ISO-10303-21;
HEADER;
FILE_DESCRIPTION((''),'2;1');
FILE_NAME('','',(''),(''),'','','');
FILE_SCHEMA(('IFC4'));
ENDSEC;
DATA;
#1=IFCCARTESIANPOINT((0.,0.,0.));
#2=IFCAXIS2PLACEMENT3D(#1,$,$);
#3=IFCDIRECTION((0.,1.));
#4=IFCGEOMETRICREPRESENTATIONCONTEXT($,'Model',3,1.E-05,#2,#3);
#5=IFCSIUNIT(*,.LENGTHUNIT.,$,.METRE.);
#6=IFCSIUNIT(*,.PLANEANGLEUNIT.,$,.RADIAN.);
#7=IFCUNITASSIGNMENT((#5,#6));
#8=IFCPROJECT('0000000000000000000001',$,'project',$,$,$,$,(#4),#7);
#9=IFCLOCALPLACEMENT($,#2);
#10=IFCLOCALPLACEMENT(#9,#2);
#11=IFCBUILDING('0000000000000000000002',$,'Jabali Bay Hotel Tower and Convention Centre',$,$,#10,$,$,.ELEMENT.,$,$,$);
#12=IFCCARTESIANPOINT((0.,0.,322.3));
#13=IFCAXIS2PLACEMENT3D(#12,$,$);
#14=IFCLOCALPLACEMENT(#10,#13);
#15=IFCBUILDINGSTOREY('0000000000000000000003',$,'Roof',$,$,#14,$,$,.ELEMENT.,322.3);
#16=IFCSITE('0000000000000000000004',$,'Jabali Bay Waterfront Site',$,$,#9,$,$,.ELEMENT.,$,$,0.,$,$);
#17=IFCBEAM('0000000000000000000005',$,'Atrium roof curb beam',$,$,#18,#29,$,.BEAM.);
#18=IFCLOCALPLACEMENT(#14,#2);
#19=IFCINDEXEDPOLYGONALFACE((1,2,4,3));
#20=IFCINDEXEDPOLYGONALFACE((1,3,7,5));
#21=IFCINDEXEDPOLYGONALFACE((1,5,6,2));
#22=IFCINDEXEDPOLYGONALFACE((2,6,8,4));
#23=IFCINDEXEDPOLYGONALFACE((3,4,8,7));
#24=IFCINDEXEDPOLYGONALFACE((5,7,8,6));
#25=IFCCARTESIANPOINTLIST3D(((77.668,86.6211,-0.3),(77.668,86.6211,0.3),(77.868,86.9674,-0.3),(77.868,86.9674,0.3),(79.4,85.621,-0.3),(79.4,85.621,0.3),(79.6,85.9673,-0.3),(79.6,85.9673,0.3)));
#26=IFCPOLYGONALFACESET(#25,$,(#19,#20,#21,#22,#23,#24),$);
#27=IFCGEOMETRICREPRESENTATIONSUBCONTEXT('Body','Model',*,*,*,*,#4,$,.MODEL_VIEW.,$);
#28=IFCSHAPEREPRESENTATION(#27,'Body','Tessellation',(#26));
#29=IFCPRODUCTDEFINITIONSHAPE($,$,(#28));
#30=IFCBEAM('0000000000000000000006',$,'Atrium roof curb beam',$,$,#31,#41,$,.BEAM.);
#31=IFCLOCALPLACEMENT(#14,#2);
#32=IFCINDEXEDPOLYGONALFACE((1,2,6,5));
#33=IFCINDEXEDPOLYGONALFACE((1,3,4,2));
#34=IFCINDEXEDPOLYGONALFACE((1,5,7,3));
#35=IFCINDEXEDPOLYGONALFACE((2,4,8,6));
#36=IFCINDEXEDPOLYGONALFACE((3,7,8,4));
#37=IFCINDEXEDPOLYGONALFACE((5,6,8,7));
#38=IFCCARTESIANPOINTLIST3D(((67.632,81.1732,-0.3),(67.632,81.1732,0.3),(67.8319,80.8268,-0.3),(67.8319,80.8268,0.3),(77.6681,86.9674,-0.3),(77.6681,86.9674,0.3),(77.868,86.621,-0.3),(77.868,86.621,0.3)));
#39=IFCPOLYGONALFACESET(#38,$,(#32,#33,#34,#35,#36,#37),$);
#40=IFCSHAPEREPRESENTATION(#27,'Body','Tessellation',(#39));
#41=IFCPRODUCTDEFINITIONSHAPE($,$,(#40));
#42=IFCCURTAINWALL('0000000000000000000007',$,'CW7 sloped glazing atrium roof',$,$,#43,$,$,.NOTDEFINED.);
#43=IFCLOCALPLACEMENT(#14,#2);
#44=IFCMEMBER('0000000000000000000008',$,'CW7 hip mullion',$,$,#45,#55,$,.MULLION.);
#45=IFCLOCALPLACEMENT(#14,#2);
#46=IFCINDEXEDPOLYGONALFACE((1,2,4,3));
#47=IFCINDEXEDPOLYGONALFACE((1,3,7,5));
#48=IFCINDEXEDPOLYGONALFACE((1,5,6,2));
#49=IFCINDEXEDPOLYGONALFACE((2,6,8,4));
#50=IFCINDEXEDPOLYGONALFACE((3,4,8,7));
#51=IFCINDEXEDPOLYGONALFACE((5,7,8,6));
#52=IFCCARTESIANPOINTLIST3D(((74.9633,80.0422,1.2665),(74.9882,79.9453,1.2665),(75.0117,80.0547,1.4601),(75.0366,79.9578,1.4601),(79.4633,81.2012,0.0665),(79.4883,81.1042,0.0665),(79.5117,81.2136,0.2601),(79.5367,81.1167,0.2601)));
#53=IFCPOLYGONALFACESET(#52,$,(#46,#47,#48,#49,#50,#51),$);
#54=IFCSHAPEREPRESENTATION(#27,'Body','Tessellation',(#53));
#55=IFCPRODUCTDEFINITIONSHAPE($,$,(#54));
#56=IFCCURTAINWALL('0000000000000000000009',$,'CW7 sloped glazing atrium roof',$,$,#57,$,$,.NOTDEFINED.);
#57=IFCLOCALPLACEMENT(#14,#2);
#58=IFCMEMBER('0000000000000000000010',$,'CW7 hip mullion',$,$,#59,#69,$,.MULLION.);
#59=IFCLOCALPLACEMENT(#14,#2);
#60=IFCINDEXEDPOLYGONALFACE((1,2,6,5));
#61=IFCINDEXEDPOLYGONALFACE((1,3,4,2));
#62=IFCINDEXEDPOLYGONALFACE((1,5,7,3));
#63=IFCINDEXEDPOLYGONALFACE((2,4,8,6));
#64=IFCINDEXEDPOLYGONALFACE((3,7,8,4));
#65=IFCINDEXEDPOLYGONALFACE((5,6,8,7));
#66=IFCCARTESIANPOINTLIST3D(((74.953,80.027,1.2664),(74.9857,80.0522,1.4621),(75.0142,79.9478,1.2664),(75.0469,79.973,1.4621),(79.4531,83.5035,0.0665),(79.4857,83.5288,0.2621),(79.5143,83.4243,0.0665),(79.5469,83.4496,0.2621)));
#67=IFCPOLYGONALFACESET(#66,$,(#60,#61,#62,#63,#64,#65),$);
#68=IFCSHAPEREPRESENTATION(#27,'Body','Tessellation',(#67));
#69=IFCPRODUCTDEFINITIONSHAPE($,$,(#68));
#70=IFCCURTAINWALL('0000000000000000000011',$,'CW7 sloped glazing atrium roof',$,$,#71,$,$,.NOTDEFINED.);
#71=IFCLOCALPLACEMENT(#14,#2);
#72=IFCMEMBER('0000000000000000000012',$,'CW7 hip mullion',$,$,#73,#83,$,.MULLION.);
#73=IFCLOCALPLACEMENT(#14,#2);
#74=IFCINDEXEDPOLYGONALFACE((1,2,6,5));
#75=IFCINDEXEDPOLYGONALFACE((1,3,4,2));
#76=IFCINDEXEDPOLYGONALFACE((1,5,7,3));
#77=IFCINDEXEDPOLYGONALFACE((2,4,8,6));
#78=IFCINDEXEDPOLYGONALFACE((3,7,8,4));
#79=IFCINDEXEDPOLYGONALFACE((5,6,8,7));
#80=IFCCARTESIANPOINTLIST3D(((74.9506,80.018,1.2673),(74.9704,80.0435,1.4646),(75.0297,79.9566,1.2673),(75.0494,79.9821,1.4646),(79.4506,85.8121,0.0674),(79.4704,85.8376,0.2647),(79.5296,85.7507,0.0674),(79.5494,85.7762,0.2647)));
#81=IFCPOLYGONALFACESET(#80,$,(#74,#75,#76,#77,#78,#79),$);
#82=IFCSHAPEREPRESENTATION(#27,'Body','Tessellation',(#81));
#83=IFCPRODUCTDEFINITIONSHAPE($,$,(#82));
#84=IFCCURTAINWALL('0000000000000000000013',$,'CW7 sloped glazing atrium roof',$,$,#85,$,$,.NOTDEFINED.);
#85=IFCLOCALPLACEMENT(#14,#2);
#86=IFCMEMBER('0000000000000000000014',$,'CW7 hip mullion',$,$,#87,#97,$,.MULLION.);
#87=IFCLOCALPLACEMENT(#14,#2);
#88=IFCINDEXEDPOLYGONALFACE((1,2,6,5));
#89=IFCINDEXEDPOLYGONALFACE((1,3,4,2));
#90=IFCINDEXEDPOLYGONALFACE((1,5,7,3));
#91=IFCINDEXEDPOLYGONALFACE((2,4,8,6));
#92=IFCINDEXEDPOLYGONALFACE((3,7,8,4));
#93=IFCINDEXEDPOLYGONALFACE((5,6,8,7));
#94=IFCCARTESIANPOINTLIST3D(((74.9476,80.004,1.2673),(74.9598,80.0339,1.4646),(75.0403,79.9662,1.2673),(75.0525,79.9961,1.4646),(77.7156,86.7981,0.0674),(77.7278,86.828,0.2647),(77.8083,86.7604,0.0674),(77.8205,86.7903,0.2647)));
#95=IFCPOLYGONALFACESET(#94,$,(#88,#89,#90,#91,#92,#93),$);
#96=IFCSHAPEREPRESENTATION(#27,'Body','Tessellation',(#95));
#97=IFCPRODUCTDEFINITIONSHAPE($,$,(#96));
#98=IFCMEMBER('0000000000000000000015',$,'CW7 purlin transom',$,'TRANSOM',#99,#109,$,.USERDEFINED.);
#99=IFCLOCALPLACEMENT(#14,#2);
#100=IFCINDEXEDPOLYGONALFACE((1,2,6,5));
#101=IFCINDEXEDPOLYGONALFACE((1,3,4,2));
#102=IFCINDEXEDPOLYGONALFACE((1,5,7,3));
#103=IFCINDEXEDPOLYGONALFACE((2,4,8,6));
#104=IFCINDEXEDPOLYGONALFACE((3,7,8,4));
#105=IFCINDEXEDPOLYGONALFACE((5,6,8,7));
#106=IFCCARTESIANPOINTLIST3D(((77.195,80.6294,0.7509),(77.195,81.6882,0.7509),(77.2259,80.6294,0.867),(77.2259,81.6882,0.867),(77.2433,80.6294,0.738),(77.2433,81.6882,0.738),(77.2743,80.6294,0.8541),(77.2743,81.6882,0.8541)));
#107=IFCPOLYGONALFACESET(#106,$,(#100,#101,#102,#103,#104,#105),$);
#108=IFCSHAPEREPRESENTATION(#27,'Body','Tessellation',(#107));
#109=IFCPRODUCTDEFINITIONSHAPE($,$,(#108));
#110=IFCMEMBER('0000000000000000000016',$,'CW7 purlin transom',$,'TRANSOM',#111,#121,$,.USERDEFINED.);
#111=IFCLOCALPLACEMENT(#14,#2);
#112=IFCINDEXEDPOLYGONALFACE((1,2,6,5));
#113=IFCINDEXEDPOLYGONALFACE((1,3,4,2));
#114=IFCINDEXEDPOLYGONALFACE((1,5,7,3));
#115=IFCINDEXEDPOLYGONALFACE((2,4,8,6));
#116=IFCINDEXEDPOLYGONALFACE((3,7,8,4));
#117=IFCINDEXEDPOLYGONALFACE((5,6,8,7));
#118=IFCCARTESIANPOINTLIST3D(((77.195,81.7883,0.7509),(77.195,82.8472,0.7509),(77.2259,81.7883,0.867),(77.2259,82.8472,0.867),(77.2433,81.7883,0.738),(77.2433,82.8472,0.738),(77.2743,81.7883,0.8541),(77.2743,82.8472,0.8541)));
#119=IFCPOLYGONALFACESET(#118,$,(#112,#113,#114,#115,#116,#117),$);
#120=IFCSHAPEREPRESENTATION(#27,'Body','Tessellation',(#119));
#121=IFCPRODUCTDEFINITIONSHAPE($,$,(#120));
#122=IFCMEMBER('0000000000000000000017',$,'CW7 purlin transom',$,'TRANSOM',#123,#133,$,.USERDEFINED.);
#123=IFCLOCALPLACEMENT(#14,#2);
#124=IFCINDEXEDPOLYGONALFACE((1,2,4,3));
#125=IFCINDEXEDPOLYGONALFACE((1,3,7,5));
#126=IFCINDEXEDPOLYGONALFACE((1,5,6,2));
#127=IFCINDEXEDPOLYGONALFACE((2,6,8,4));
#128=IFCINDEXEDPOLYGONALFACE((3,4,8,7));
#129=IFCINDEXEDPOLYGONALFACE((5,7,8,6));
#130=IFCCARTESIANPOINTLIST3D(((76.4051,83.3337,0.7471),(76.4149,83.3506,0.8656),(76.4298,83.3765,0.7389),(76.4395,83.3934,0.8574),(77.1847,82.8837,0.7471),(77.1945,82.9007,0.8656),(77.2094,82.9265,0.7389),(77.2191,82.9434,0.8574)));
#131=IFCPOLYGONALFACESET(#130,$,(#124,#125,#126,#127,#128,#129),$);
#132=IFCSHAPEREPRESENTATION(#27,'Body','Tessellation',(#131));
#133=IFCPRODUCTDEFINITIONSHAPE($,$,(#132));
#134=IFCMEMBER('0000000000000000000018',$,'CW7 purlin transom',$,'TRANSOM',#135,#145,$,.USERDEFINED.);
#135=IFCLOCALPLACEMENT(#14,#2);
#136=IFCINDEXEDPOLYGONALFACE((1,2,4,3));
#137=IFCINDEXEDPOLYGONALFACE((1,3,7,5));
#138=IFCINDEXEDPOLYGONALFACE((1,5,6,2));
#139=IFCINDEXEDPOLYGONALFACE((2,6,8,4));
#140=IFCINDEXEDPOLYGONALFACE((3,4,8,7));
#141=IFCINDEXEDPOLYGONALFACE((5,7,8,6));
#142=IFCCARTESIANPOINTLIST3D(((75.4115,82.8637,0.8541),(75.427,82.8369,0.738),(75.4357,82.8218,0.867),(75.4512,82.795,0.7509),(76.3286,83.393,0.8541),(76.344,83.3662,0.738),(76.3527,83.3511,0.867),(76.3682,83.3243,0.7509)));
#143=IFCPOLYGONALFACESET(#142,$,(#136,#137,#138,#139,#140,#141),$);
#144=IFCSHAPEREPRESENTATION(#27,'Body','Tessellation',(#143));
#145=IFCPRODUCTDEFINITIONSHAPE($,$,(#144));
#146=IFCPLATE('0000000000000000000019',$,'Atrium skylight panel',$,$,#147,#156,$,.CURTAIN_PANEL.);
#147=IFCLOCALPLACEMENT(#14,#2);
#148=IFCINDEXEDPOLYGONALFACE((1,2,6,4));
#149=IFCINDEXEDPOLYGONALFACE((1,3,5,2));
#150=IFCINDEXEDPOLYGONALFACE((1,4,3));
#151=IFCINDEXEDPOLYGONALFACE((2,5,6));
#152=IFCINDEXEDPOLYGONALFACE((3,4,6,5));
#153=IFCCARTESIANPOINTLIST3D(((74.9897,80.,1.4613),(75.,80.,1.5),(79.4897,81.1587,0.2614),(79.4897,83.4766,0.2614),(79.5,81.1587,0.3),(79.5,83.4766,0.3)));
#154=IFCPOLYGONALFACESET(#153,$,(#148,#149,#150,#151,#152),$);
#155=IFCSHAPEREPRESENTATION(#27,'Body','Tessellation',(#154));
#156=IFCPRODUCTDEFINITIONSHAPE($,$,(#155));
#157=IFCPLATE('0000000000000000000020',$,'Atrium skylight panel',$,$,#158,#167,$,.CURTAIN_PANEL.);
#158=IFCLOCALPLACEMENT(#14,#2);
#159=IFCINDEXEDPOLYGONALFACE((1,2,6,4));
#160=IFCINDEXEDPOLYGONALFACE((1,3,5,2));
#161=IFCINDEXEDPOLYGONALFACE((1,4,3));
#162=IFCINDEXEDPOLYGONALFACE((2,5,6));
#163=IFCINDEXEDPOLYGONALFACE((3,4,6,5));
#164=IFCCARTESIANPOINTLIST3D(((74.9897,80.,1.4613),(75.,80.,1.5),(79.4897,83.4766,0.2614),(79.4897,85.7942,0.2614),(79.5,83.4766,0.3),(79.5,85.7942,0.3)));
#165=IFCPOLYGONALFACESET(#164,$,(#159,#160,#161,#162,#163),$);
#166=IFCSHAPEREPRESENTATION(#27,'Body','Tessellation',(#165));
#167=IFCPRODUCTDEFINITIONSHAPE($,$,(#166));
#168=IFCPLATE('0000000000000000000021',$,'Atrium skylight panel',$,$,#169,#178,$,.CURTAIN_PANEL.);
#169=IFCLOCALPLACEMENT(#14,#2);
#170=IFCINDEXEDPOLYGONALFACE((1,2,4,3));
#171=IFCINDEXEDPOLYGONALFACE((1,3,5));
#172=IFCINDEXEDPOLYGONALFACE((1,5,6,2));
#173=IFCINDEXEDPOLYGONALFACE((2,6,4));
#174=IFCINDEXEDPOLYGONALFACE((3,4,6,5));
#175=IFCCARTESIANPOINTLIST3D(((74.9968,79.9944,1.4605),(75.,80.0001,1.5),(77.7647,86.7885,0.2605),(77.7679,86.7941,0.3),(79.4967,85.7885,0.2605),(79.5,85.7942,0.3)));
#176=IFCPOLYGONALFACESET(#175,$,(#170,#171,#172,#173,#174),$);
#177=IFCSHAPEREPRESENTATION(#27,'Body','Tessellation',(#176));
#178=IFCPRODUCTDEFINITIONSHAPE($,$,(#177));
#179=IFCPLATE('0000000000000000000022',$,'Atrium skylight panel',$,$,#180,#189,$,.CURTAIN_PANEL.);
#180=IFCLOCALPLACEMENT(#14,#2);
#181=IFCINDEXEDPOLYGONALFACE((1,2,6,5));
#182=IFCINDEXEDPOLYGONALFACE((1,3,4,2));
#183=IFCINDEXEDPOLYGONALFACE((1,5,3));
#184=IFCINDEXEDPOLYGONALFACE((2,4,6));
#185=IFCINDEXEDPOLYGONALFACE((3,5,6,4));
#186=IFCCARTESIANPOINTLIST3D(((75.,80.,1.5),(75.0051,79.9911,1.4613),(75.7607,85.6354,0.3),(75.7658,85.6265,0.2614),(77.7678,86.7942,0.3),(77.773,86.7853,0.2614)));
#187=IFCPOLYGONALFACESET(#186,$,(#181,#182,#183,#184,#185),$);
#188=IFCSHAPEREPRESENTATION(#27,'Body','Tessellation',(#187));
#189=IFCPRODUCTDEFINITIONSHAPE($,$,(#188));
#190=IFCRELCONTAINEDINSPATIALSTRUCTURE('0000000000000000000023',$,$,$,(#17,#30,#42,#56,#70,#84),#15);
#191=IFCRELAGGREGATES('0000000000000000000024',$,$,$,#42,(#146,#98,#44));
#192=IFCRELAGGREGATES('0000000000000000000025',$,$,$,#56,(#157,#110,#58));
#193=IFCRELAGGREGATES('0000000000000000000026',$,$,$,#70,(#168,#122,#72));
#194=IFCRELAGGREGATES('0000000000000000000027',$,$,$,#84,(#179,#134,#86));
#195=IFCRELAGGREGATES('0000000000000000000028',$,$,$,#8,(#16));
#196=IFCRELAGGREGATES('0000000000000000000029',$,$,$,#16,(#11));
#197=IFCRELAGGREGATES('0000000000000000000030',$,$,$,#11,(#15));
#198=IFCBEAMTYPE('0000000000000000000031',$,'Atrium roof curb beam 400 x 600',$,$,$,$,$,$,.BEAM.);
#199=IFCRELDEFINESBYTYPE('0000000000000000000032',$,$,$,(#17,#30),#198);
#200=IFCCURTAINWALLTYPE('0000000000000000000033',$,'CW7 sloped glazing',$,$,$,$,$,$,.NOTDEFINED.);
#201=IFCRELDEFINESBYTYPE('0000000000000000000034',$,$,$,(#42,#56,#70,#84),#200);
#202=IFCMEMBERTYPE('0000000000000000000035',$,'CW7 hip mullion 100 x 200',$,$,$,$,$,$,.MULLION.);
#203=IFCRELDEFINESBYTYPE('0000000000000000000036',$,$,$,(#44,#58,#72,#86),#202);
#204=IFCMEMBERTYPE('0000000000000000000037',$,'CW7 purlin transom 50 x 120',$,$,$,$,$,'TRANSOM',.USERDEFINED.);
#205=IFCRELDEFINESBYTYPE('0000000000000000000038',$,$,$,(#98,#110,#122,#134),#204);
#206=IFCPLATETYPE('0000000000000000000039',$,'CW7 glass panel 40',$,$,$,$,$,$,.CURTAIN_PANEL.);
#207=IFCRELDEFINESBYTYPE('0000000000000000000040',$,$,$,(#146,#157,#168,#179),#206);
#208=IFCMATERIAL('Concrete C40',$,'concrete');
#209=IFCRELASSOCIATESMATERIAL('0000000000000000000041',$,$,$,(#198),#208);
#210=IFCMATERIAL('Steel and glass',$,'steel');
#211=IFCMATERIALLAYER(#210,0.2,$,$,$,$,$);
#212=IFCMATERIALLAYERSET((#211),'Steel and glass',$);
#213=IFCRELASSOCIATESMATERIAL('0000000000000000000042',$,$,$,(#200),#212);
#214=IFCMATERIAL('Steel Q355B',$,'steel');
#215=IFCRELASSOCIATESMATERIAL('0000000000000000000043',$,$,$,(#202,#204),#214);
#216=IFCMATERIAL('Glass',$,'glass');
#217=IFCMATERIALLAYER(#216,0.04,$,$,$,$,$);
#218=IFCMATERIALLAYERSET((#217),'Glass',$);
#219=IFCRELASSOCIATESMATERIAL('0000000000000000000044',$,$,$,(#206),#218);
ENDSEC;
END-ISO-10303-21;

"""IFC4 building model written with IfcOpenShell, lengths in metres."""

from ifc_helpers import new_model, si_unit, direction, frame, origin, origin_2d, place, context, subcontext, project, spatial, polyline, rectangle, outline, extrude, material, layer, layer_set, material_profile, profile_set, type_object, element, aggregate, save


model = new_model("IFC4")

# Units and contexts
model_context = context("Model", 3, precision=1e-05, world=origin(), true_north=direction((0.0, 1.0)))
body_context = subcontext(model_context, "Body", "Model", "MODEL_VIEW")
ifc_project = project(units=[si_unit("LENGTHUNIT", "METRE"), si_unit("PLANEANGLEUNIT", "RADIAN")], contexts=[model_context])

# Site, building, storey
site_placement = place(None, origin())
site = spatial("IfcSite", under=ifc_project, at=site_placement, Name="Jabali Bay Waterfront Site", CompositionType="ELEMENT", RefElevation=0.0)
building_placement = place(site_placement, origin())
building = spatial("IfcBuilding", under=site, at=building_placement, Name="Jabali Bay Hotel Tower and Convention Centre", CompositionType="ELEMENT")
storey_placement = place(building_placement, frame((0.0, 0.0, 322.3)))
storey = spatial("IfcBuildingStorey", under=building, at=storey_placement, Name="Roof", CompositionType="ELEMENT", Elevation=322.3)

# Beams
ifc_material_1 = material(Name="Concrete C40", Category="concrete")
ifc_material_profile_1 = material_profile(ifc_material_1, rectangle(XDim=0.3999, YDim=0.6001, at=origin_2d()), Name="Atrium roof curb beam 400 x 600")
ifc_profile_set_1 = profile_set([ifc_material_profile_1], Name="Concrete C40")
beam_type = type_object("IfcBeamType", Name="Atrium roof curb beam 400 x 600", PredefinedType="BEAM", material=ifc_profile_set_1)
beam_1_placement = place(storey_placement, frame((79.5, 85.7942, 0.0), z_axis=(-0.866011, 0.500025, 0.0), x_axis=(-0.500025, -0.866011, 0.0)))
element("IfcBeam", 1, at=beam_1_placement, inside=storey, type_object=beam_type, Name="Atrium roof curb beam", PredefinedType="BEAM", context=body_context, shape_type="SweptSolid", body=[
    extrude(rectangle(XDim=0.3999, YDim=0.6001, at=origin_2d()), origin(), (0.0, 0.0, 1.0), 2.0),
])
beam_2_placement = place(storey_placement, frame((77.7681, 86.7942, 0.0), z_axis=(-0.866032, -0.499989, 0.0), x_axis=(0.499989, -0.866032, 0.0)))
element("IfcBeam", 2, at=beam_2_placement, inside=storey, type_object=beam_type, Name="Atrium roof curb beam", PredefinedType="BEAM", context=body_context, shape_type="SweptSolid", body=[
    extrude(rectangle(XDim=0.3999, YDim=0.6001, at=origin_2d()), origin(), (0.0, 0.0, 1.0), 11.5886),
])

# Curtain walls, members
ifc_material_2 = material(Name="Steel and glass", Category="steel")
ifc_layer_1 = layer(ifc_material_2, 0.2)
ifc_layer_set_1 = layer_set([ifc_layer_1], Name="Steel and glass")
curtain_wall_type = type_object("IfcCurtainWallType", Name="CW7 sloped glazing", PredefinedType="NOTDEFINED", material=ifc_layer_set_1)
curtain_wall_1_placement = place(storey_placement, origin())
curtain_wall_1 = element("IfcCurtainWall", 3, at=curtain_wall_1_placement, inside=storey, type_object=curtain_wall_type, Name="CW7 sloped glazing atrium roof", PredefinedType="NOTDEFINED")
ifc_material_3 = material(Name="Steel Q355B", Category="steel")
ifc_material_profile_2 = material_profile(ifc_material_3, rectangle(XDim=0.1001, YDim=0.2, at=origin_2d()), Name="CW7 hip mullion 100 x 200")
ifc_profile_set_2 = profile_set([ifc_material_profile_2], Name="Steel Q355B")
member_type_1 = type_object("IfcMemberType", Name="CW7 hip mullion 100 x 200", PredefinedType="MULLION", material=ifc_profile_set_2)
member_1_placement = place(storey_placement, frame((79.5, 81.1589, 0.1633), z_axis=(-0.937642, -0.241482, 0.250028), x_axis=(0.249403, -0.9684, 0.0)))
member_1 = element("IfcMember", 4, at=member_1_placement, type_object=member_type_1, Name="CW7 hip mullion", PredefinedType="MULLION", context=body_context, shape_type="SweptSolid", body=[
    extrude(rectangle(XDim=0.1001, YDim=0.2, at=origin_2d()), origin(), (0.0, 0.0, 1.0), 4.7993),
])
curtain_wall_2_placement = place(storey_placement, origin())
curtain_wall_2 = element("IfcCurtainWall", 5, at=curtain_wall_2_placement, inside=storey, type_object=curtain_wall_type, Name="CW7 sloped glazing atrium roof", PredefinedType="NOTDEFINED")
member_2_placement = place(storey_placement, frame((79.5, 83.4766, 0.1643), z_axis=(-0.774294, -0.598196, 0.20647), x_axis=(0.611369, -0.791345, 0.0)))
member_2 = element("IfcMember", 6, at=member_2_placement, type_object=member_type_1, Name="CW7 hip mullion", PredefinedType="MULLION", context=body_context, shape_type="SweptSolid", body=[
    extrude(rectangle(XDim=0.1001, YDim=0.2, at=origin_2d()), origin(), (0.0, 0.0, 1.0), 5.8118),
])
curtain_wall_3_placement = place(storey_placement, origin())
curtain_wall_3 = element("IfcCurtainWall", 7, at=curtain_wall_3_placement, inside=storey, type_object=curtain_wall_type, Name="CW7 sloped glazing atrium roof", PredefinedType="NOTDEFINED")
member_3_placement = place(storey_placement, frame((79.5, 85.7942, 0.166), z_axis=(-0.605337, -0.77943, 0.161417), x_axis=(0.789787, -0.613381, 0.0)))
member_3 = element("IfcMember", 8, at=member_3_placement, type_object=member_type_1, Name="CW7 hip mullion", PredefinedType="MULLION", context=body_context, shape_type="SweptSolid", body=[
    extrude(rectangle(XDim=0.1001, YDim=0.2, at=origin_2d()), origin(), (0.0, 0.0, 1.0), 7.4338),
])
curtain_wall_4_placement = place(storey_placement, origin())
curtain_wall_4 = element("IfcCurtainWall", 9, at=curtain_wall_4_placement, inside=storey, type_object=curtain_wall_type, Name="CW7 sloped glazing atrium roof", PredefinedType="NOTDEFINED")
member_4_placement = place(storey_placement, frame((77.7681, 86.7942, 0.166), z_axis=(-0.372357, -0.913945, 0.161416), x_axis=(0.926089, -0.377304, 0.0)))
member_4 = element("IfcMember", 10, at=member_4_placement, type_object=member_type_1, Name="CW7 hip mullion", PredefinedType="MULLION", context=body_context, shape_type="SweptSolid", body=[
    extrude(rectangle(XDim=0.1001, YDim=0.2, at=origin_2d()), origin(), (0.0, 0.0, 1.0), 7.4338),
])

# Members
ifc_material_profile_3 = material_profile(ifc_material_3, rectangle(XDim=0.05, YDim=0.1201, at=origin_2d()), Name="CW7 purlin transom 50 x 120")
ifc_profile_set_3 = profile_set([ifc_material_profile_3], Name="Steel Q355B")
member_type_2 = type_object("IfcMemberType", Name="CW7 purlin transom 50 x 120", ElementType="TRANSOM", PredefinedType="USERDEFINED", material=ifc_profile_set_3)
member_5_placement = place(storey_placement, frame((77.2346, 80.6294, 0.8025), z_axis=(0.0, 1.0, 0.0), x_axis=(-0.966235, 0.0, 0.257662)))
member_5 = element("IfcMember", 11, at=member_5_placement, type_object=member_type_2, Name="CW7 purlin transom", ObjectType="TRANSOM", PredefinedType="USERDEFINED", context=body_context, shape_type="SweptSolid", body=[
    extrude(rectangle(XDim=0.05, YDim=0.1201, at=origin_2d()), origin(), (0.0, 0.0, 1.0), 1.0588),
])
member_6_placement = place(storey_placement, frame((77.2346, 81.7883, 0.8025), z_axis=(0.0, 1.0, 0.0), x_axis=(-0.966235, 0.0, 0.257662)))
member_6 = element("IfcMember", 12, at=member_6_placement, type_object=member_type_2, Name="CW7 purlin transom", ObjectType="TRANSOM", PredefinedType="USERDEFINED", context=body_context, shape_type="SweptSolid", body=[
    extrude(rectangle(XDim=0.05, YDim=0.1201, at=origin_2d()), origin(), (0.0, 0.0, 1.0), 1.0588),
])
member_7_placement = place(storey_placement, frame((77.2019, 82.9136, 0.8022), z_axis=(-0.866082, 0.499902, 0.0), x_axis=(-0.493225, -0.854513, 0.162902)))
member_7 = element("IfcMember", 13, at=member_7_placement, type_object=member_type_2, Name="CW7 purlin transom", ObjectType="TRANSOM", PredefinedType="USERDEFINED", context=body_context, shape_type="SweptSolid", body=[
    extrude(rectangle(XDim=0.05, YDim=0.1201, at=origin_2d()), origin(), (0.0, 0.0, 1.0), 0.9001),
])
member_8_placement = place(storey_placement, frame((76.3484, 83.3586, 0.8025), z_axis=(-0.866078, -0.499909, 0.0), x_axis=(0.483029, -0.836835, 0.257662)))
member_8 = element("IfcMember", 14, at=member_8_placement, type_object=member_type_2, Name="CW7 purlin transom", ObjectType="TRANSOM", PredefinedType="USERDEFINED", context=body_context, shape_type="SweptSolid", body=[
    extrude(rectangle(XDim=0.05, YDim=0.1201, at=origin_2d()), origin(), (0.0, 0.0, 1.0), 1.0588),
])

# Plates
ifc_material_4 = material(Name="Glass", Category="glass")
ifc_layer_2 = layer(ifc_material_4, 0.04)
ifc_layer_set_2 = layer_set([ifc_layer_2], Name="Glass")
plate_type = type_object("IfcPlateType", Name="CW7 glass panel 40", PredefinedType="CURTAIN_PANEL", material=ifc_layer_set_2)
plate_1_placement = place(storey_placement, frame((79.5, 81.1587, 0.3), z_axis=(0.257653, 0.0, 0.966238), x_axis=(0.0, 1.0, 0.0)))
plate_1 = element("IfcPlate", 15, at=plate_1_placement, type_object=plate_type, Name="Atrium skylight panel", PredefinedType="CURTAIN_PANEL", context=body_context, shape_type="SweptSolid", body=[
    extrude(outline(polyline([(0.0, 0.0), (2.3179, 0.0), (-1.1587, 4.6572), (0.0, 0.0)])), origin(), (0.0, 0.0, -1.0), 0.04),
])
aggregate(curtain_wall_1, [plate_1, member_5, member_1])
plate_2_placement = place(storey_placement, frame((79.5, 83.4766, 0.3), z_axis=(0.257653, 0.0, 0.966238), x_axis=(0.0, 1.0, 0.0)))
plate_2 = element("IfcPlate", 16, at=plate_2_placement, type_object=plate_type, Name="Atrium skylight panel", PredefinedType="CURTAIN_PANEL", context=body_context, shape_type="SweptSolid", body=[
    extrude(outline(polyline([(0.0, 0.0), (2.3176, 0.0), (-3.4766, 4.6572), (0.0, 0.0)])), origin(), (0.0, 0.0, -1.0), 0.04),
])
aggregate(curtain_wall_2, [plate_2, member_6, member_2])
plate_3_placement = place(storey_placement, frame((79.5, 85.7942, 0.3), z_axis=(0.081444, 0.141076, 0.986643), x_axis=(-0.866041, 0.499973, 0.0)))
plate_3 = element("IfcPlate", 17, at=plate_3_placement, type_object=plate_type, Name="Atrium skylight panel", PredefinedType="CURTAIN_PANEL", context=body_context, shape_type="SweptSolid", body=[
    extrude(outline(polyline([(0.0, 0.0), (2.0, 0.0), (1.0002, 7.3662), (0.0, 0.0)])), origin(), (0.0, 0.0, -1.0), 0.04),
])
aggregate(curtain_wall_3, [plate_3, member_7, member_3])
plate_4_placement = place(storey_placement, frame((77.7678, 86.7942, 0.3), z_axis=(-0.128812, 0.223128, 0.966241), x_axis=(-0.866043, -0.499969, 0.0)))
plate_4 = element("IfcPlate", 18, at=plate_4_placement, type_object=plate_type, Name="Atrium skylight panel", PredefinedType="CURTAIN_PANEL", context=body_context, shape_type="SweptSolid", body=[
    extrude(outline(polyline([(0.0, 0.0), (2.3176, 0.0), (5.7939, 4.6575), (0.0, 0.0)])), origin(), (0.0, 0.0, -1.0), 0.04),
])
aggregate(curtain_wall_4, [plate_4, member_8, member_4])

save(model, "model.ifc")
